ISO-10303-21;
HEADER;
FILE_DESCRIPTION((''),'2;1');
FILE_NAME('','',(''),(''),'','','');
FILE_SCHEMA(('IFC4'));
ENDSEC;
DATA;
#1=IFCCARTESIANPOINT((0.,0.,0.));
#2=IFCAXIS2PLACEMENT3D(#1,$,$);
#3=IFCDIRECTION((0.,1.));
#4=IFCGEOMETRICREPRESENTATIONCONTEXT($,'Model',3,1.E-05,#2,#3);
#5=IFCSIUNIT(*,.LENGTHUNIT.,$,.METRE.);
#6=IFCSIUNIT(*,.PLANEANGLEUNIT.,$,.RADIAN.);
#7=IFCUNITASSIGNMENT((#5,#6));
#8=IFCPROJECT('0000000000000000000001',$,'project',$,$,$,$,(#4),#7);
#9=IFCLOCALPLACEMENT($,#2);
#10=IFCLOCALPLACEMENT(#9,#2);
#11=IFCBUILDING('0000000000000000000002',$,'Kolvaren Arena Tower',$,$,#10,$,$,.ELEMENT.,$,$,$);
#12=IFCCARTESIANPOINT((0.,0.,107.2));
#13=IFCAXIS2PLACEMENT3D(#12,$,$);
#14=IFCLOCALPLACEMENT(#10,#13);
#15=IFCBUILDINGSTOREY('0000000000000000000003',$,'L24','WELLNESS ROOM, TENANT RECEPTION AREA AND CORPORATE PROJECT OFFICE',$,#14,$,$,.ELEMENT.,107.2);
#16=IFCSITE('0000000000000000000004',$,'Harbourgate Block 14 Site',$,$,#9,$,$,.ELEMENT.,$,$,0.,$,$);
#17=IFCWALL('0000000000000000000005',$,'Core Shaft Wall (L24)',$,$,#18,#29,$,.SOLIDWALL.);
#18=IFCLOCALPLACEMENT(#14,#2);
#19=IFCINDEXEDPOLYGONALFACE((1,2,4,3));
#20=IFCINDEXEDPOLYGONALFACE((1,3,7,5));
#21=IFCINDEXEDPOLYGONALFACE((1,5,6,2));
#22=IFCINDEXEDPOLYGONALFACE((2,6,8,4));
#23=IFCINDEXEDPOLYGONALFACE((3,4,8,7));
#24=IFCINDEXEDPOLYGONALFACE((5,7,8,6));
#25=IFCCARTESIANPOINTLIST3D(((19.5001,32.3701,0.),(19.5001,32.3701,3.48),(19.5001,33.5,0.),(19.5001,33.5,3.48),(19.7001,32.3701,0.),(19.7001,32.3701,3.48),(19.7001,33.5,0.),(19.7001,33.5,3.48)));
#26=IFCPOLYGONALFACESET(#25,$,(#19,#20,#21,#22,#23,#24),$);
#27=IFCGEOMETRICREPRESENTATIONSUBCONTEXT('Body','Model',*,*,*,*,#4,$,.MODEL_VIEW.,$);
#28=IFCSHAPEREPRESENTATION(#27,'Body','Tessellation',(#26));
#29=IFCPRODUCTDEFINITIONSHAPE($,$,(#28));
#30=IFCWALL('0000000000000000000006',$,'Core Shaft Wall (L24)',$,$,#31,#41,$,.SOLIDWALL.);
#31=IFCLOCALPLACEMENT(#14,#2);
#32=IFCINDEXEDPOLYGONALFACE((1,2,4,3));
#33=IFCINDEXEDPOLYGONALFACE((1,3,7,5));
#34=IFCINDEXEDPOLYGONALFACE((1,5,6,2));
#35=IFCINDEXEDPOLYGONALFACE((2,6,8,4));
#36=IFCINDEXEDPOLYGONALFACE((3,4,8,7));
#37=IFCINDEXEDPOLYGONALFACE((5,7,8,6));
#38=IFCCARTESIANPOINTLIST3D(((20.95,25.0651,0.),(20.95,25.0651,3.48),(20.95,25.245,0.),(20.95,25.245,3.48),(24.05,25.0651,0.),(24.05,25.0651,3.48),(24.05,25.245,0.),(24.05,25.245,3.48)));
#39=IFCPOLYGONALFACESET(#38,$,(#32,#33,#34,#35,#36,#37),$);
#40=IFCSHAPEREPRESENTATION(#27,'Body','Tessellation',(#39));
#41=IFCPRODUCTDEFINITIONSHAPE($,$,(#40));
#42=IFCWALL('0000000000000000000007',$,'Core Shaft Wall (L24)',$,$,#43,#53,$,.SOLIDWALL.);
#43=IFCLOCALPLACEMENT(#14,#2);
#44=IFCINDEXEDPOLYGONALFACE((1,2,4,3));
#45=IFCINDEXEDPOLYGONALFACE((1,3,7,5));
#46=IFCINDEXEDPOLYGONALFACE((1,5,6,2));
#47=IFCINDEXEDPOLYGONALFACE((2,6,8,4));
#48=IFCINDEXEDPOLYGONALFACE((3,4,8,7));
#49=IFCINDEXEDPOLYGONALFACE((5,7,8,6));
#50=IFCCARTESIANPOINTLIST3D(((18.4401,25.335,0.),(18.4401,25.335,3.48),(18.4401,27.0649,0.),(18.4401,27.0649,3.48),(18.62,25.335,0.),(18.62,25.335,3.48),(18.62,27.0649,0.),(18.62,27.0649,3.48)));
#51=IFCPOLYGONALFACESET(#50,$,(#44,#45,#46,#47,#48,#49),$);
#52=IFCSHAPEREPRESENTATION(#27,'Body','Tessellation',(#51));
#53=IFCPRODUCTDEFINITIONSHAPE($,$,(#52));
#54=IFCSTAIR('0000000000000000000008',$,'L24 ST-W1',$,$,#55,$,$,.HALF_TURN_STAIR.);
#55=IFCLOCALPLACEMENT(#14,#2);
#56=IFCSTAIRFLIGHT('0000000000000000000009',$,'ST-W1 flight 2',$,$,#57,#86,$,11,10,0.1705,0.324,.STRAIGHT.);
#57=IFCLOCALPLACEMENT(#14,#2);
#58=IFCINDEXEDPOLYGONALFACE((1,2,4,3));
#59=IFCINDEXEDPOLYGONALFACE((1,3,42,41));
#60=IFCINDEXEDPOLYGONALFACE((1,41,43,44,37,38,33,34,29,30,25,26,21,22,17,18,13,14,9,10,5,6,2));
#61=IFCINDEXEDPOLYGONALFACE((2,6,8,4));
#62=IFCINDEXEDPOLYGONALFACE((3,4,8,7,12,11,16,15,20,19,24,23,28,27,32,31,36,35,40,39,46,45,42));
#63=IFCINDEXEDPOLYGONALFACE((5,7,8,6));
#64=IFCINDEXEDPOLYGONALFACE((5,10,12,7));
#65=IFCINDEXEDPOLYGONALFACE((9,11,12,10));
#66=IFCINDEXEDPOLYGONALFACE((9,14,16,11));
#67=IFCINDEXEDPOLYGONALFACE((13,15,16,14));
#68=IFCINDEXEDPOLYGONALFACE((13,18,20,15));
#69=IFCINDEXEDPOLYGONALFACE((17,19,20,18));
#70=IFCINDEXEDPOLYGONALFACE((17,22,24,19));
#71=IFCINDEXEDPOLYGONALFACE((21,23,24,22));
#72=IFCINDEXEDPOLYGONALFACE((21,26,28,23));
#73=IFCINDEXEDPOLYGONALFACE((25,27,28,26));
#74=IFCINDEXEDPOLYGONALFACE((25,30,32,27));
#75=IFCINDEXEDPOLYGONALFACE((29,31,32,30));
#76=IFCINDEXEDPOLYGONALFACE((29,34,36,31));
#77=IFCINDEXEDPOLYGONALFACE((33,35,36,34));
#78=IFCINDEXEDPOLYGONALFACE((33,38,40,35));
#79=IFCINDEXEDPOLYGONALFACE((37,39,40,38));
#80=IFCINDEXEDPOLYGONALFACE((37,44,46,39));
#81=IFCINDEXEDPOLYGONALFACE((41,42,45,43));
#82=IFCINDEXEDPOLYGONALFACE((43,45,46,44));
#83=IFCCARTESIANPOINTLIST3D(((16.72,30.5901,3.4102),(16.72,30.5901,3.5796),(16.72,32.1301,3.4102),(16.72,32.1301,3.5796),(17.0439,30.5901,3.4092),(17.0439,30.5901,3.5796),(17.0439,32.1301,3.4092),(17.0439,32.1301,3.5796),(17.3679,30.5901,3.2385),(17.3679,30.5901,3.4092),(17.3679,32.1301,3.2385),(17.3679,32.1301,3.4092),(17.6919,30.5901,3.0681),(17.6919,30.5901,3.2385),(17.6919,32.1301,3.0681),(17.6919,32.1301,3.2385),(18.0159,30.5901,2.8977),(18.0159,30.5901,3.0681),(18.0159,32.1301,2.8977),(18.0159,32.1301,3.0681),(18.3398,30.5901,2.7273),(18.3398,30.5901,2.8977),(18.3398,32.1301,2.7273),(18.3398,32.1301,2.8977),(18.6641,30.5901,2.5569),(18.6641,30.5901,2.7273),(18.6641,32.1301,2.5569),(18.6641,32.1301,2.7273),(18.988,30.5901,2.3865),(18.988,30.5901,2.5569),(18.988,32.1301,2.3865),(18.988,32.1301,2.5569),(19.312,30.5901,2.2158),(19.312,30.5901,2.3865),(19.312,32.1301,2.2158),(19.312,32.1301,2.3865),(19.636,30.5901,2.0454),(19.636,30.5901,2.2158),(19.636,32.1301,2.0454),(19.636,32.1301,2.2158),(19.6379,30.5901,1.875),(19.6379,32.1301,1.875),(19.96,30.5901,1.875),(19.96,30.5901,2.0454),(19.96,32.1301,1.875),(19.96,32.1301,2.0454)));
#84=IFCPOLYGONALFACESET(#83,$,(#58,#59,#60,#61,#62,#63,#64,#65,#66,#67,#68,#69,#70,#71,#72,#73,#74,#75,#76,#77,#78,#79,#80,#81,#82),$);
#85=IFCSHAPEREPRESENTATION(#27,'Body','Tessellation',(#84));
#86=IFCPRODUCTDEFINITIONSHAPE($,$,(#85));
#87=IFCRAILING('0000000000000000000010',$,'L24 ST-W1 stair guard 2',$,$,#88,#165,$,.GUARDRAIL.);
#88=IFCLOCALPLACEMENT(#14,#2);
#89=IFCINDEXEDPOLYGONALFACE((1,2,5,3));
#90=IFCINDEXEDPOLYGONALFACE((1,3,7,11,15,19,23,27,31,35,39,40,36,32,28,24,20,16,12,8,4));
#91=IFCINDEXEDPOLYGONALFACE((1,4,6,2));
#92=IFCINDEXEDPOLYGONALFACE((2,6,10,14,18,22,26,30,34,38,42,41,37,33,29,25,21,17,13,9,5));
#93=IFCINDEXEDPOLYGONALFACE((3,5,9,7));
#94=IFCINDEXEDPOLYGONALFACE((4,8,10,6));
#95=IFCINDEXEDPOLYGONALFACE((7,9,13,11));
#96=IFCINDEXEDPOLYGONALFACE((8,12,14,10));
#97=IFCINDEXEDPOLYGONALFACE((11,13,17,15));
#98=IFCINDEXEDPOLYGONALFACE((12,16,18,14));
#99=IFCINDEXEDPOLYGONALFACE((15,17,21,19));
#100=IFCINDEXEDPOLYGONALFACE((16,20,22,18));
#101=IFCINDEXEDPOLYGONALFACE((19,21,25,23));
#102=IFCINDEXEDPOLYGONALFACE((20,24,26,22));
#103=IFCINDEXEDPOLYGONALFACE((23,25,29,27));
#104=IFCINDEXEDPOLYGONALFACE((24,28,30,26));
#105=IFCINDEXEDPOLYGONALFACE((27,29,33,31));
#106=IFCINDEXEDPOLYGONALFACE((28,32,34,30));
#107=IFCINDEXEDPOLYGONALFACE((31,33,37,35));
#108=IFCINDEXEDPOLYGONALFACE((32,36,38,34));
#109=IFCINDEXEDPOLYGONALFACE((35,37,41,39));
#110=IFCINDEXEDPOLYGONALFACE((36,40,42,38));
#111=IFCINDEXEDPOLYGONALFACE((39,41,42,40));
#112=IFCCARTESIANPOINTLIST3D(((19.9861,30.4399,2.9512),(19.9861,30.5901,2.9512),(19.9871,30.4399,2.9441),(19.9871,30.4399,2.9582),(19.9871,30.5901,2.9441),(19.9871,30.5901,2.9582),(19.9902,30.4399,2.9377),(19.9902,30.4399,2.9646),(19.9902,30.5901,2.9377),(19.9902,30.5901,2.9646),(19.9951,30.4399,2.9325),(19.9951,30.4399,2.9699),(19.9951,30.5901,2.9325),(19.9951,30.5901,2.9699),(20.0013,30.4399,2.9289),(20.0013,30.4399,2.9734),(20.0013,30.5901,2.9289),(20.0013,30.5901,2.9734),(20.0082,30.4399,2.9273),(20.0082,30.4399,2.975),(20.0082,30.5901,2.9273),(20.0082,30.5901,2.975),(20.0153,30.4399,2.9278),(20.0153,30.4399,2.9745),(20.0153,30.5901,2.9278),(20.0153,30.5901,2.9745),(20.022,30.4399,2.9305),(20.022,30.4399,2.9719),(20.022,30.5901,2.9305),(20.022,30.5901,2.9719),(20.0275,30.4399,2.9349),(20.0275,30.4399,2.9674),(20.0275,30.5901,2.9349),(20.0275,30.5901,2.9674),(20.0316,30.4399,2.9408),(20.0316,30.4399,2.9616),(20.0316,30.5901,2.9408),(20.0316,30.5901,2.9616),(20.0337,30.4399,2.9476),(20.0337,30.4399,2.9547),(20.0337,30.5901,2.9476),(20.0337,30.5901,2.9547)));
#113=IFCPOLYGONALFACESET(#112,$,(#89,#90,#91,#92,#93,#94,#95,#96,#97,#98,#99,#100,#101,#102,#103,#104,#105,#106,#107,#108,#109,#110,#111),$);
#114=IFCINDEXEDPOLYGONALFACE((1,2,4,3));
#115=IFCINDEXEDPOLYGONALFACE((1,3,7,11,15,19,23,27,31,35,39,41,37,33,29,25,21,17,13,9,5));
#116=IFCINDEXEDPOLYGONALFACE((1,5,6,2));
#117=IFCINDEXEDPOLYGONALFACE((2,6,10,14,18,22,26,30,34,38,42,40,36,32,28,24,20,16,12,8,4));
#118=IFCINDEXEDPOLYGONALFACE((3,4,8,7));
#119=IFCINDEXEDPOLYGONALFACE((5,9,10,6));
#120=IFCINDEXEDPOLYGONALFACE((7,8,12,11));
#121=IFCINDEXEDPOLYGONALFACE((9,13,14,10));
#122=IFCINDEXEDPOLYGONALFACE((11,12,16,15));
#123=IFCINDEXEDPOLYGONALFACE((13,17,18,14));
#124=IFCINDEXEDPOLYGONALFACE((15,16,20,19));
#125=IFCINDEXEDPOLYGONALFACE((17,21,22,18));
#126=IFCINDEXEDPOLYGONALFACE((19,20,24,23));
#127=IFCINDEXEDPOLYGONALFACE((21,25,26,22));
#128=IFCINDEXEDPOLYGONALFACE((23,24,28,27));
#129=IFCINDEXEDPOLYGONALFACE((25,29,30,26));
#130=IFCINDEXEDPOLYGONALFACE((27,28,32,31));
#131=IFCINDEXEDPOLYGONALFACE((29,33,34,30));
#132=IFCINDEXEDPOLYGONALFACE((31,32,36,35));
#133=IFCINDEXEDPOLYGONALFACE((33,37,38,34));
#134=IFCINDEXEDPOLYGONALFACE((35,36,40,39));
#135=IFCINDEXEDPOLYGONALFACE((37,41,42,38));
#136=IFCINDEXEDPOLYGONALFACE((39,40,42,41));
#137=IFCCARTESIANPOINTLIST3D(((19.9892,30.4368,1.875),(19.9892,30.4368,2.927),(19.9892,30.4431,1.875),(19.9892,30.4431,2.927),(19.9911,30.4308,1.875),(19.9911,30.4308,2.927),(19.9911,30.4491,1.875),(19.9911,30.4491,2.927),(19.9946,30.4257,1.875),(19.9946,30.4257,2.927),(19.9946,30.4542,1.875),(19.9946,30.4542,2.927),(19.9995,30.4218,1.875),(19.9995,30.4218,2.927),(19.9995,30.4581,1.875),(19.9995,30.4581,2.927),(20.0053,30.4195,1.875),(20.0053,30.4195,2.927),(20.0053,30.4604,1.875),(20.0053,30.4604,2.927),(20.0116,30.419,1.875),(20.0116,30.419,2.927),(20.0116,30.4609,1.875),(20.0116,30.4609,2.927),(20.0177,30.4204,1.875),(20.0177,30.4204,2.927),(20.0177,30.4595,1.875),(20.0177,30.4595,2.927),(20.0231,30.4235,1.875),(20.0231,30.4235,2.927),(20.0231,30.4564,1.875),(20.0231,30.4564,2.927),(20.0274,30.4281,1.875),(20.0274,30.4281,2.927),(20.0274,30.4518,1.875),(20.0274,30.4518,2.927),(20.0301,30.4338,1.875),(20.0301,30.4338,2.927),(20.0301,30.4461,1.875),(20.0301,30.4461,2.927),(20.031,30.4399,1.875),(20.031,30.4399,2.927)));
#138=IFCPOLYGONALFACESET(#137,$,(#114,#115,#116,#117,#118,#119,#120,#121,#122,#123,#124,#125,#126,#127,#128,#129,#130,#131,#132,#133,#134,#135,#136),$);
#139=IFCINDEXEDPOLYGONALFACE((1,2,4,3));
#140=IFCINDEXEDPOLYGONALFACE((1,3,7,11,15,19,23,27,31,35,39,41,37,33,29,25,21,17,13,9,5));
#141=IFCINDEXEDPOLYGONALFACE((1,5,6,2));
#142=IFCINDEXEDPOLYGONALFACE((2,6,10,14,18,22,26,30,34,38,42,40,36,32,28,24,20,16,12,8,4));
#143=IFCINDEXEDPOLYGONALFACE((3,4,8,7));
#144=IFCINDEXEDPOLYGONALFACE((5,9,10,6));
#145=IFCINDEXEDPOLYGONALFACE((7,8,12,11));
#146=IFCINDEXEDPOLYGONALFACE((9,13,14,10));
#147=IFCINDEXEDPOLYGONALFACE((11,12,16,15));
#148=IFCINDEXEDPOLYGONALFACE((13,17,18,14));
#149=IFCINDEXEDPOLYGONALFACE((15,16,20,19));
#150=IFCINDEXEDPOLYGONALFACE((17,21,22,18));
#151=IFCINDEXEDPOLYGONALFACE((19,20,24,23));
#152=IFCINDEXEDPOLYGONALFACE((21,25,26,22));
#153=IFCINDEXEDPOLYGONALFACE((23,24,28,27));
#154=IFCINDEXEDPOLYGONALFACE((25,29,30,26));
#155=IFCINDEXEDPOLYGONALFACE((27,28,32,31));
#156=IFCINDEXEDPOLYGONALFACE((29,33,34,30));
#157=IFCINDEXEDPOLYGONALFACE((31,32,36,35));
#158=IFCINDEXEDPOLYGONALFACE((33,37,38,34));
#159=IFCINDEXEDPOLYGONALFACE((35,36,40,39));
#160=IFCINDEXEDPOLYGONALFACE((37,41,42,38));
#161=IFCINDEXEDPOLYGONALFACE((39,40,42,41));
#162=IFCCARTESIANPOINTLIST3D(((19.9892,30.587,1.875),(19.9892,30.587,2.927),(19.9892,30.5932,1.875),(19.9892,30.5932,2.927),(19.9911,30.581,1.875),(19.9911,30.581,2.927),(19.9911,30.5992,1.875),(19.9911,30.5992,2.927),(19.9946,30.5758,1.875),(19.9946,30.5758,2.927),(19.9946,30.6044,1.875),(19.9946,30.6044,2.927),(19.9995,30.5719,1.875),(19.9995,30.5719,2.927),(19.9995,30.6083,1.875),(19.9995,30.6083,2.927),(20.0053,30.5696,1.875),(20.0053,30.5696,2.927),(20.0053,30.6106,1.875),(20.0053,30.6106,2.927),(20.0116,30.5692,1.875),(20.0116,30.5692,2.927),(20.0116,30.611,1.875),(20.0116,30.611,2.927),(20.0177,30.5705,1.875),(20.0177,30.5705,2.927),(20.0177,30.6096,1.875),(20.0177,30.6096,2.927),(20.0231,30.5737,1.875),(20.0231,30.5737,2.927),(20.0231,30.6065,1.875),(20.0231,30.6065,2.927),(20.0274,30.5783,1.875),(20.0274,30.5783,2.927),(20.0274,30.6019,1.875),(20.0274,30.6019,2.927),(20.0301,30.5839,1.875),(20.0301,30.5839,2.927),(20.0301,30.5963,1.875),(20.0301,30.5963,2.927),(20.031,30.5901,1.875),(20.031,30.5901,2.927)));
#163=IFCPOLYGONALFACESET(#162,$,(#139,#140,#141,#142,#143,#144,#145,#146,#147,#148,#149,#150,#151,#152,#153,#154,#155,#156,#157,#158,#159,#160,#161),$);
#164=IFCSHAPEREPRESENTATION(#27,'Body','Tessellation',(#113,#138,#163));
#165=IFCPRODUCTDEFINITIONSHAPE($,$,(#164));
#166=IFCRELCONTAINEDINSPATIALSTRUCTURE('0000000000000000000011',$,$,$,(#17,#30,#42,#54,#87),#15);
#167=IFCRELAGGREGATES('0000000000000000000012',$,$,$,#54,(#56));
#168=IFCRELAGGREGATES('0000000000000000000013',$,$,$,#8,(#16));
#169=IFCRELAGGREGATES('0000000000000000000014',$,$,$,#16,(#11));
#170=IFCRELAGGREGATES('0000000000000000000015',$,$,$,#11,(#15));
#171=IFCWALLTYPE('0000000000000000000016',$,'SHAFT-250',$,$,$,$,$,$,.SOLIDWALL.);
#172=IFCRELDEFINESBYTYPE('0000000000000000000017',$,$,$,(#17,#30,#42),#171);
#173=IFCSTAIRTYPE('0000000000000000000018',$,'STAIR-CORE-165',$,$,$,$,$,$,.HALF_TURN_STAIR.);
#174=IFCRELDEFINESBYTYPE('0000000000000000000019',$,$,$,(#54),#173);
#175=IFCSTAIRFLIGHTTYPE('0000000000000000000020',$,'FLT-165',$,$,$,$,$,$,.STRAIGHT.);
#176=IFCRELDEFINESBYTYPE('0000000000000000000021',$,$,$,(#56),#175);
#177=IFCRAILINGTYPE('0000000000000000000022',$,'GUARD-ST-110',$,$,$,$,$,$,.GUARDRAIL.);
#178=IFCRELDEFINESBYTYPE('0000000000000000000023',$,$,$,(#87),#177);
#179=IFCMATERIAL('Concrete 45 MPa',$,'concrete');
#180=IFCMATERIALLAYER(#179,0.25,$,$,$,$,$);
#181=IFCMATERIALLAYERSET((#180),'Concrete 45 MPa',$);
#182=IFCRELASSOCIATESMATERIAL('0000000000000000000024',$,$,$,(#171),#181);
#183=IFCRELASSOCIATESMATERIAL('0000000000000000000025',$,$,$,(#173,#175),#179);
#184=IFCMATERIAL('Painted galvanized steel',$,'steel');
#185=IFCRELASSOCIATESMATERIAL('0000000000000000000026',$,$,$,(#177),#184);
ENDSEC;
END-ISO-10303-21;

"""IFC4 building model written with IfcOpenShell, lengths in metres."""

from ifc_helpers import new_model, si_unit, direction, frame, frame_2d, origin, origin_2d, place, context, subcontext, project, spatial, polyline, rectangle, circle, outline, extrude, material, layer, layer_set, type_object, element, aggregate, save


model = new_model("IFC4")

# Units and contexts
model_context = context("Model", 3, precision=1e-05, world=origin(), true_north=direction((0.0, 1.0)))
body_context = subcontext(model_context, "Body", "Model", "MODEL_VIEW")
ifc_project = project(units=[si_unit("LENGTHUNIT", "METRE"), si_unit("PLANEANGLEUNIT", "RADIAN")], contexts=[model_context])

# Site, building, storey
site_placement = place(None, origin())
site = spatial("IfcSite", under=ifc_project, at=site_placement, Name="Harbourgate Block 14 Site", CompositionType="ELEMENT", RefElevation=0.0)
building_placement = place(site_placement, origin())
building = spatial("IfcBuilding", under=site, at=building_placement, Name="Kolvaren Arena Tower", CompositionType="ELEMENT")
storey_placement = place(building_placement, frame((0.0, 0.0, 107.2)))
storey = spatial("IfcBuildingStorey", under=building, at=storey_placement, Name="L24", Description="WELLNESS ROOM, TENANT RECEPTION AREA AND CORPORATE PROJECT OFFICE", CompositionType="ELEMENT", Elevation=107.2)

# Shared definitions
ifc_material_1 = material(Name="Concrete 45 MPa", Category="concrete")
ifc_layer_1 = layer(ifc_material_1, 0.25)
ifc_layer_set_1 = layer_set([ifc_layer_1], Name="Concrete 45 MPa")
wall_type_1 = type_object("IfcWallType", Name="SHAFT-250", PredefinedType="SOLIDWALL", material=ifc_layer_set_1)

# Walls
wall_1_placement = place(storey_placement, frame((19.6001, 32.3701, 0.0), z_axis=(0.0, 0.0, 1.0), x_axis=(0.0, 1.0, 0.0)))
element("IfcWall", 1, at=wall_1_placement, inside=storey, type_object=wall_type_1, Name="Core Shaft Wall (L24)", PredefinedType="SOLIDWALL", context=body_context, shape_type="SweptSolid", body=[
    extrude(rectangle(XDim=1.1299, YDim=0.2, at=frame_2d((0.5649, 0.0))), origin(), (0.0, 0.0, 1.0), 3.48),
])
wall_2_placement = place(storey_placement, frame((20.95, 25.155, 0.0), z_axis=(0.0, 0.0, 1.0), x_axis=(1.0, 0.0, 0.0)))
element("IfcWall", 2, at=wall_2_placement, inside=storey, type_object=wall_type_1, Name="Core Shaft Wall (L24)", PredefinedType="SOLIDWALL", context=body_context, shape_type="SweptSolid", body=[
    extrude(rectangle(XDim=3.1001, YDim=0.1799, at=frame_2d((1.55, 0.0))), origin(), (0.0, 0.0, 1.0), 3.48),
])
wall_3_placement = place(storey_placement, frame((18.53, 25.335, 0.0), z_axis=(0.0, 0.0, 1.0), x_axis=(0.0, 1.0, 0.0)))
element("IfcWall", 3, at=wall_3_placement, inside=storey, type_object=wall_type_1, Name="Core Shaft Wall (L24)", PredefinedType="SOLIDWALL", context=body_context, shape_type="SweptSolid", body=[
    extrude(rectangle(XDim=1.73, YDim=0.1799, at=frame_2d((0.865, 0.0))), origin(), (0.0, 0.0, 1.0), 3.48),
])

# Stair, stair flight
stair_type = type_object("IfcStairType", Name="STAIR-CORE-165", PredefinedType="HALF_TURN_STAIR", material=ifc_material_1)
stair_placement = place(storey_placement, origin())
stair = element("IfcStair", 4, at=stair_placement, inside=storey, type_object=stair_type, Name="L24 ST-W1", PredefinedType="HALF_TURN_STAIR")
stair_flight_type = type_object("IfcStairFlightType", Name="FLT-165", PredefinedType="STRAIGHT", material=ifc_material_1)
stair_flight_placement = place(storey_placement, frame((19.96, 31.3601, 1.875), z_axis=(0.0, 0.0, 1.0), x_axis=(-1.0, 0.0, 0.0)))
stair_flight = element("IfcStairFlight", 5, at=stair_flight_placement, type_object=stair_flight_type, Name="ST-W1 flight 2", NumberOfRisers=11, NumberOfTreads=10, PredefinedType="STRAIGHT", RiserHeight=0.1705, TreadLength=0.324, context=body_context, shape_type="SweptSolid", body=[
    extrude(outline(polyline([(0.0, 0.0), (0.0, 0.1704), (0.324, 0.1704), (0.324, 0.3408), (0.6479, 0.3408), (0.6479, 0.5115), (0.9719, 0.5115), (0.9719, 0.6819), (1.2959, 0.6819), (1.2959, 0.8523), (1.6201, 0.8523), (1.6201, 1.0227), (1.9441, 1.0227), (1.9441, 1.1931), (2.2681, 1.1931), (2.2681, 1.3635), (2.592, 1.3635), (2.592, 1.5342), (2.916, 1.5342), (2.916, 1.7046), (3.24, 1.7046), (3.24, 1.875), (3.24, 1.5352), (0.322, 0.0), (0.0, 0.0)])), frame((0.0, 0.77, 0.0), z_axis=(0.0, -1.0, 0.0), x_axis=(1.0, 0.0, 0.0)), (0.0, 0.0, 1.0), 1.54),
])
aggregate(stair, [stair_flight])

# Railing
ifc_material_2 = material(Name="Painted galvanized steel", Category="steel")
railing_type_1 = type_object("IfcRailingType", Name="GUARD-ST-110", PredefinedType="GUARDRAIL", material=ifc_material_2)
railing_1_placement = place(storey_placement, frame((20.01, 30.4399, 1.875)))
element("IfcRailing", 6, at=railing_1_placement, inside=storey, type_object=railing_type_1, Name="L24 ST-W1 stair guard 2", PredefinedType="GUARDRAIL", context=body_context, shape_type="SweptSolid", body=[
    extrude(circle(Radius=0.0239, at=origin_2d()), frame((0.0, 0.0, 1.0762), z_axis=(0.0, 1.0, 0.0), x_axis=(-1.0, 0.0, 0.0)), (0.0, 0.0, 1.0), 0.1501),
    extrude(circle(Radius=0.021, at=origin_2d()), origin(), (0.0, 0.0, 1.0), 1.052),
    extrude(circle(Radius=0.021, at=origin_2d()), frame((0.0, 0.1501, 0.0)), (0.0, 0.0, 1.0), 1.052),
])

save(model, "model.ifc")
